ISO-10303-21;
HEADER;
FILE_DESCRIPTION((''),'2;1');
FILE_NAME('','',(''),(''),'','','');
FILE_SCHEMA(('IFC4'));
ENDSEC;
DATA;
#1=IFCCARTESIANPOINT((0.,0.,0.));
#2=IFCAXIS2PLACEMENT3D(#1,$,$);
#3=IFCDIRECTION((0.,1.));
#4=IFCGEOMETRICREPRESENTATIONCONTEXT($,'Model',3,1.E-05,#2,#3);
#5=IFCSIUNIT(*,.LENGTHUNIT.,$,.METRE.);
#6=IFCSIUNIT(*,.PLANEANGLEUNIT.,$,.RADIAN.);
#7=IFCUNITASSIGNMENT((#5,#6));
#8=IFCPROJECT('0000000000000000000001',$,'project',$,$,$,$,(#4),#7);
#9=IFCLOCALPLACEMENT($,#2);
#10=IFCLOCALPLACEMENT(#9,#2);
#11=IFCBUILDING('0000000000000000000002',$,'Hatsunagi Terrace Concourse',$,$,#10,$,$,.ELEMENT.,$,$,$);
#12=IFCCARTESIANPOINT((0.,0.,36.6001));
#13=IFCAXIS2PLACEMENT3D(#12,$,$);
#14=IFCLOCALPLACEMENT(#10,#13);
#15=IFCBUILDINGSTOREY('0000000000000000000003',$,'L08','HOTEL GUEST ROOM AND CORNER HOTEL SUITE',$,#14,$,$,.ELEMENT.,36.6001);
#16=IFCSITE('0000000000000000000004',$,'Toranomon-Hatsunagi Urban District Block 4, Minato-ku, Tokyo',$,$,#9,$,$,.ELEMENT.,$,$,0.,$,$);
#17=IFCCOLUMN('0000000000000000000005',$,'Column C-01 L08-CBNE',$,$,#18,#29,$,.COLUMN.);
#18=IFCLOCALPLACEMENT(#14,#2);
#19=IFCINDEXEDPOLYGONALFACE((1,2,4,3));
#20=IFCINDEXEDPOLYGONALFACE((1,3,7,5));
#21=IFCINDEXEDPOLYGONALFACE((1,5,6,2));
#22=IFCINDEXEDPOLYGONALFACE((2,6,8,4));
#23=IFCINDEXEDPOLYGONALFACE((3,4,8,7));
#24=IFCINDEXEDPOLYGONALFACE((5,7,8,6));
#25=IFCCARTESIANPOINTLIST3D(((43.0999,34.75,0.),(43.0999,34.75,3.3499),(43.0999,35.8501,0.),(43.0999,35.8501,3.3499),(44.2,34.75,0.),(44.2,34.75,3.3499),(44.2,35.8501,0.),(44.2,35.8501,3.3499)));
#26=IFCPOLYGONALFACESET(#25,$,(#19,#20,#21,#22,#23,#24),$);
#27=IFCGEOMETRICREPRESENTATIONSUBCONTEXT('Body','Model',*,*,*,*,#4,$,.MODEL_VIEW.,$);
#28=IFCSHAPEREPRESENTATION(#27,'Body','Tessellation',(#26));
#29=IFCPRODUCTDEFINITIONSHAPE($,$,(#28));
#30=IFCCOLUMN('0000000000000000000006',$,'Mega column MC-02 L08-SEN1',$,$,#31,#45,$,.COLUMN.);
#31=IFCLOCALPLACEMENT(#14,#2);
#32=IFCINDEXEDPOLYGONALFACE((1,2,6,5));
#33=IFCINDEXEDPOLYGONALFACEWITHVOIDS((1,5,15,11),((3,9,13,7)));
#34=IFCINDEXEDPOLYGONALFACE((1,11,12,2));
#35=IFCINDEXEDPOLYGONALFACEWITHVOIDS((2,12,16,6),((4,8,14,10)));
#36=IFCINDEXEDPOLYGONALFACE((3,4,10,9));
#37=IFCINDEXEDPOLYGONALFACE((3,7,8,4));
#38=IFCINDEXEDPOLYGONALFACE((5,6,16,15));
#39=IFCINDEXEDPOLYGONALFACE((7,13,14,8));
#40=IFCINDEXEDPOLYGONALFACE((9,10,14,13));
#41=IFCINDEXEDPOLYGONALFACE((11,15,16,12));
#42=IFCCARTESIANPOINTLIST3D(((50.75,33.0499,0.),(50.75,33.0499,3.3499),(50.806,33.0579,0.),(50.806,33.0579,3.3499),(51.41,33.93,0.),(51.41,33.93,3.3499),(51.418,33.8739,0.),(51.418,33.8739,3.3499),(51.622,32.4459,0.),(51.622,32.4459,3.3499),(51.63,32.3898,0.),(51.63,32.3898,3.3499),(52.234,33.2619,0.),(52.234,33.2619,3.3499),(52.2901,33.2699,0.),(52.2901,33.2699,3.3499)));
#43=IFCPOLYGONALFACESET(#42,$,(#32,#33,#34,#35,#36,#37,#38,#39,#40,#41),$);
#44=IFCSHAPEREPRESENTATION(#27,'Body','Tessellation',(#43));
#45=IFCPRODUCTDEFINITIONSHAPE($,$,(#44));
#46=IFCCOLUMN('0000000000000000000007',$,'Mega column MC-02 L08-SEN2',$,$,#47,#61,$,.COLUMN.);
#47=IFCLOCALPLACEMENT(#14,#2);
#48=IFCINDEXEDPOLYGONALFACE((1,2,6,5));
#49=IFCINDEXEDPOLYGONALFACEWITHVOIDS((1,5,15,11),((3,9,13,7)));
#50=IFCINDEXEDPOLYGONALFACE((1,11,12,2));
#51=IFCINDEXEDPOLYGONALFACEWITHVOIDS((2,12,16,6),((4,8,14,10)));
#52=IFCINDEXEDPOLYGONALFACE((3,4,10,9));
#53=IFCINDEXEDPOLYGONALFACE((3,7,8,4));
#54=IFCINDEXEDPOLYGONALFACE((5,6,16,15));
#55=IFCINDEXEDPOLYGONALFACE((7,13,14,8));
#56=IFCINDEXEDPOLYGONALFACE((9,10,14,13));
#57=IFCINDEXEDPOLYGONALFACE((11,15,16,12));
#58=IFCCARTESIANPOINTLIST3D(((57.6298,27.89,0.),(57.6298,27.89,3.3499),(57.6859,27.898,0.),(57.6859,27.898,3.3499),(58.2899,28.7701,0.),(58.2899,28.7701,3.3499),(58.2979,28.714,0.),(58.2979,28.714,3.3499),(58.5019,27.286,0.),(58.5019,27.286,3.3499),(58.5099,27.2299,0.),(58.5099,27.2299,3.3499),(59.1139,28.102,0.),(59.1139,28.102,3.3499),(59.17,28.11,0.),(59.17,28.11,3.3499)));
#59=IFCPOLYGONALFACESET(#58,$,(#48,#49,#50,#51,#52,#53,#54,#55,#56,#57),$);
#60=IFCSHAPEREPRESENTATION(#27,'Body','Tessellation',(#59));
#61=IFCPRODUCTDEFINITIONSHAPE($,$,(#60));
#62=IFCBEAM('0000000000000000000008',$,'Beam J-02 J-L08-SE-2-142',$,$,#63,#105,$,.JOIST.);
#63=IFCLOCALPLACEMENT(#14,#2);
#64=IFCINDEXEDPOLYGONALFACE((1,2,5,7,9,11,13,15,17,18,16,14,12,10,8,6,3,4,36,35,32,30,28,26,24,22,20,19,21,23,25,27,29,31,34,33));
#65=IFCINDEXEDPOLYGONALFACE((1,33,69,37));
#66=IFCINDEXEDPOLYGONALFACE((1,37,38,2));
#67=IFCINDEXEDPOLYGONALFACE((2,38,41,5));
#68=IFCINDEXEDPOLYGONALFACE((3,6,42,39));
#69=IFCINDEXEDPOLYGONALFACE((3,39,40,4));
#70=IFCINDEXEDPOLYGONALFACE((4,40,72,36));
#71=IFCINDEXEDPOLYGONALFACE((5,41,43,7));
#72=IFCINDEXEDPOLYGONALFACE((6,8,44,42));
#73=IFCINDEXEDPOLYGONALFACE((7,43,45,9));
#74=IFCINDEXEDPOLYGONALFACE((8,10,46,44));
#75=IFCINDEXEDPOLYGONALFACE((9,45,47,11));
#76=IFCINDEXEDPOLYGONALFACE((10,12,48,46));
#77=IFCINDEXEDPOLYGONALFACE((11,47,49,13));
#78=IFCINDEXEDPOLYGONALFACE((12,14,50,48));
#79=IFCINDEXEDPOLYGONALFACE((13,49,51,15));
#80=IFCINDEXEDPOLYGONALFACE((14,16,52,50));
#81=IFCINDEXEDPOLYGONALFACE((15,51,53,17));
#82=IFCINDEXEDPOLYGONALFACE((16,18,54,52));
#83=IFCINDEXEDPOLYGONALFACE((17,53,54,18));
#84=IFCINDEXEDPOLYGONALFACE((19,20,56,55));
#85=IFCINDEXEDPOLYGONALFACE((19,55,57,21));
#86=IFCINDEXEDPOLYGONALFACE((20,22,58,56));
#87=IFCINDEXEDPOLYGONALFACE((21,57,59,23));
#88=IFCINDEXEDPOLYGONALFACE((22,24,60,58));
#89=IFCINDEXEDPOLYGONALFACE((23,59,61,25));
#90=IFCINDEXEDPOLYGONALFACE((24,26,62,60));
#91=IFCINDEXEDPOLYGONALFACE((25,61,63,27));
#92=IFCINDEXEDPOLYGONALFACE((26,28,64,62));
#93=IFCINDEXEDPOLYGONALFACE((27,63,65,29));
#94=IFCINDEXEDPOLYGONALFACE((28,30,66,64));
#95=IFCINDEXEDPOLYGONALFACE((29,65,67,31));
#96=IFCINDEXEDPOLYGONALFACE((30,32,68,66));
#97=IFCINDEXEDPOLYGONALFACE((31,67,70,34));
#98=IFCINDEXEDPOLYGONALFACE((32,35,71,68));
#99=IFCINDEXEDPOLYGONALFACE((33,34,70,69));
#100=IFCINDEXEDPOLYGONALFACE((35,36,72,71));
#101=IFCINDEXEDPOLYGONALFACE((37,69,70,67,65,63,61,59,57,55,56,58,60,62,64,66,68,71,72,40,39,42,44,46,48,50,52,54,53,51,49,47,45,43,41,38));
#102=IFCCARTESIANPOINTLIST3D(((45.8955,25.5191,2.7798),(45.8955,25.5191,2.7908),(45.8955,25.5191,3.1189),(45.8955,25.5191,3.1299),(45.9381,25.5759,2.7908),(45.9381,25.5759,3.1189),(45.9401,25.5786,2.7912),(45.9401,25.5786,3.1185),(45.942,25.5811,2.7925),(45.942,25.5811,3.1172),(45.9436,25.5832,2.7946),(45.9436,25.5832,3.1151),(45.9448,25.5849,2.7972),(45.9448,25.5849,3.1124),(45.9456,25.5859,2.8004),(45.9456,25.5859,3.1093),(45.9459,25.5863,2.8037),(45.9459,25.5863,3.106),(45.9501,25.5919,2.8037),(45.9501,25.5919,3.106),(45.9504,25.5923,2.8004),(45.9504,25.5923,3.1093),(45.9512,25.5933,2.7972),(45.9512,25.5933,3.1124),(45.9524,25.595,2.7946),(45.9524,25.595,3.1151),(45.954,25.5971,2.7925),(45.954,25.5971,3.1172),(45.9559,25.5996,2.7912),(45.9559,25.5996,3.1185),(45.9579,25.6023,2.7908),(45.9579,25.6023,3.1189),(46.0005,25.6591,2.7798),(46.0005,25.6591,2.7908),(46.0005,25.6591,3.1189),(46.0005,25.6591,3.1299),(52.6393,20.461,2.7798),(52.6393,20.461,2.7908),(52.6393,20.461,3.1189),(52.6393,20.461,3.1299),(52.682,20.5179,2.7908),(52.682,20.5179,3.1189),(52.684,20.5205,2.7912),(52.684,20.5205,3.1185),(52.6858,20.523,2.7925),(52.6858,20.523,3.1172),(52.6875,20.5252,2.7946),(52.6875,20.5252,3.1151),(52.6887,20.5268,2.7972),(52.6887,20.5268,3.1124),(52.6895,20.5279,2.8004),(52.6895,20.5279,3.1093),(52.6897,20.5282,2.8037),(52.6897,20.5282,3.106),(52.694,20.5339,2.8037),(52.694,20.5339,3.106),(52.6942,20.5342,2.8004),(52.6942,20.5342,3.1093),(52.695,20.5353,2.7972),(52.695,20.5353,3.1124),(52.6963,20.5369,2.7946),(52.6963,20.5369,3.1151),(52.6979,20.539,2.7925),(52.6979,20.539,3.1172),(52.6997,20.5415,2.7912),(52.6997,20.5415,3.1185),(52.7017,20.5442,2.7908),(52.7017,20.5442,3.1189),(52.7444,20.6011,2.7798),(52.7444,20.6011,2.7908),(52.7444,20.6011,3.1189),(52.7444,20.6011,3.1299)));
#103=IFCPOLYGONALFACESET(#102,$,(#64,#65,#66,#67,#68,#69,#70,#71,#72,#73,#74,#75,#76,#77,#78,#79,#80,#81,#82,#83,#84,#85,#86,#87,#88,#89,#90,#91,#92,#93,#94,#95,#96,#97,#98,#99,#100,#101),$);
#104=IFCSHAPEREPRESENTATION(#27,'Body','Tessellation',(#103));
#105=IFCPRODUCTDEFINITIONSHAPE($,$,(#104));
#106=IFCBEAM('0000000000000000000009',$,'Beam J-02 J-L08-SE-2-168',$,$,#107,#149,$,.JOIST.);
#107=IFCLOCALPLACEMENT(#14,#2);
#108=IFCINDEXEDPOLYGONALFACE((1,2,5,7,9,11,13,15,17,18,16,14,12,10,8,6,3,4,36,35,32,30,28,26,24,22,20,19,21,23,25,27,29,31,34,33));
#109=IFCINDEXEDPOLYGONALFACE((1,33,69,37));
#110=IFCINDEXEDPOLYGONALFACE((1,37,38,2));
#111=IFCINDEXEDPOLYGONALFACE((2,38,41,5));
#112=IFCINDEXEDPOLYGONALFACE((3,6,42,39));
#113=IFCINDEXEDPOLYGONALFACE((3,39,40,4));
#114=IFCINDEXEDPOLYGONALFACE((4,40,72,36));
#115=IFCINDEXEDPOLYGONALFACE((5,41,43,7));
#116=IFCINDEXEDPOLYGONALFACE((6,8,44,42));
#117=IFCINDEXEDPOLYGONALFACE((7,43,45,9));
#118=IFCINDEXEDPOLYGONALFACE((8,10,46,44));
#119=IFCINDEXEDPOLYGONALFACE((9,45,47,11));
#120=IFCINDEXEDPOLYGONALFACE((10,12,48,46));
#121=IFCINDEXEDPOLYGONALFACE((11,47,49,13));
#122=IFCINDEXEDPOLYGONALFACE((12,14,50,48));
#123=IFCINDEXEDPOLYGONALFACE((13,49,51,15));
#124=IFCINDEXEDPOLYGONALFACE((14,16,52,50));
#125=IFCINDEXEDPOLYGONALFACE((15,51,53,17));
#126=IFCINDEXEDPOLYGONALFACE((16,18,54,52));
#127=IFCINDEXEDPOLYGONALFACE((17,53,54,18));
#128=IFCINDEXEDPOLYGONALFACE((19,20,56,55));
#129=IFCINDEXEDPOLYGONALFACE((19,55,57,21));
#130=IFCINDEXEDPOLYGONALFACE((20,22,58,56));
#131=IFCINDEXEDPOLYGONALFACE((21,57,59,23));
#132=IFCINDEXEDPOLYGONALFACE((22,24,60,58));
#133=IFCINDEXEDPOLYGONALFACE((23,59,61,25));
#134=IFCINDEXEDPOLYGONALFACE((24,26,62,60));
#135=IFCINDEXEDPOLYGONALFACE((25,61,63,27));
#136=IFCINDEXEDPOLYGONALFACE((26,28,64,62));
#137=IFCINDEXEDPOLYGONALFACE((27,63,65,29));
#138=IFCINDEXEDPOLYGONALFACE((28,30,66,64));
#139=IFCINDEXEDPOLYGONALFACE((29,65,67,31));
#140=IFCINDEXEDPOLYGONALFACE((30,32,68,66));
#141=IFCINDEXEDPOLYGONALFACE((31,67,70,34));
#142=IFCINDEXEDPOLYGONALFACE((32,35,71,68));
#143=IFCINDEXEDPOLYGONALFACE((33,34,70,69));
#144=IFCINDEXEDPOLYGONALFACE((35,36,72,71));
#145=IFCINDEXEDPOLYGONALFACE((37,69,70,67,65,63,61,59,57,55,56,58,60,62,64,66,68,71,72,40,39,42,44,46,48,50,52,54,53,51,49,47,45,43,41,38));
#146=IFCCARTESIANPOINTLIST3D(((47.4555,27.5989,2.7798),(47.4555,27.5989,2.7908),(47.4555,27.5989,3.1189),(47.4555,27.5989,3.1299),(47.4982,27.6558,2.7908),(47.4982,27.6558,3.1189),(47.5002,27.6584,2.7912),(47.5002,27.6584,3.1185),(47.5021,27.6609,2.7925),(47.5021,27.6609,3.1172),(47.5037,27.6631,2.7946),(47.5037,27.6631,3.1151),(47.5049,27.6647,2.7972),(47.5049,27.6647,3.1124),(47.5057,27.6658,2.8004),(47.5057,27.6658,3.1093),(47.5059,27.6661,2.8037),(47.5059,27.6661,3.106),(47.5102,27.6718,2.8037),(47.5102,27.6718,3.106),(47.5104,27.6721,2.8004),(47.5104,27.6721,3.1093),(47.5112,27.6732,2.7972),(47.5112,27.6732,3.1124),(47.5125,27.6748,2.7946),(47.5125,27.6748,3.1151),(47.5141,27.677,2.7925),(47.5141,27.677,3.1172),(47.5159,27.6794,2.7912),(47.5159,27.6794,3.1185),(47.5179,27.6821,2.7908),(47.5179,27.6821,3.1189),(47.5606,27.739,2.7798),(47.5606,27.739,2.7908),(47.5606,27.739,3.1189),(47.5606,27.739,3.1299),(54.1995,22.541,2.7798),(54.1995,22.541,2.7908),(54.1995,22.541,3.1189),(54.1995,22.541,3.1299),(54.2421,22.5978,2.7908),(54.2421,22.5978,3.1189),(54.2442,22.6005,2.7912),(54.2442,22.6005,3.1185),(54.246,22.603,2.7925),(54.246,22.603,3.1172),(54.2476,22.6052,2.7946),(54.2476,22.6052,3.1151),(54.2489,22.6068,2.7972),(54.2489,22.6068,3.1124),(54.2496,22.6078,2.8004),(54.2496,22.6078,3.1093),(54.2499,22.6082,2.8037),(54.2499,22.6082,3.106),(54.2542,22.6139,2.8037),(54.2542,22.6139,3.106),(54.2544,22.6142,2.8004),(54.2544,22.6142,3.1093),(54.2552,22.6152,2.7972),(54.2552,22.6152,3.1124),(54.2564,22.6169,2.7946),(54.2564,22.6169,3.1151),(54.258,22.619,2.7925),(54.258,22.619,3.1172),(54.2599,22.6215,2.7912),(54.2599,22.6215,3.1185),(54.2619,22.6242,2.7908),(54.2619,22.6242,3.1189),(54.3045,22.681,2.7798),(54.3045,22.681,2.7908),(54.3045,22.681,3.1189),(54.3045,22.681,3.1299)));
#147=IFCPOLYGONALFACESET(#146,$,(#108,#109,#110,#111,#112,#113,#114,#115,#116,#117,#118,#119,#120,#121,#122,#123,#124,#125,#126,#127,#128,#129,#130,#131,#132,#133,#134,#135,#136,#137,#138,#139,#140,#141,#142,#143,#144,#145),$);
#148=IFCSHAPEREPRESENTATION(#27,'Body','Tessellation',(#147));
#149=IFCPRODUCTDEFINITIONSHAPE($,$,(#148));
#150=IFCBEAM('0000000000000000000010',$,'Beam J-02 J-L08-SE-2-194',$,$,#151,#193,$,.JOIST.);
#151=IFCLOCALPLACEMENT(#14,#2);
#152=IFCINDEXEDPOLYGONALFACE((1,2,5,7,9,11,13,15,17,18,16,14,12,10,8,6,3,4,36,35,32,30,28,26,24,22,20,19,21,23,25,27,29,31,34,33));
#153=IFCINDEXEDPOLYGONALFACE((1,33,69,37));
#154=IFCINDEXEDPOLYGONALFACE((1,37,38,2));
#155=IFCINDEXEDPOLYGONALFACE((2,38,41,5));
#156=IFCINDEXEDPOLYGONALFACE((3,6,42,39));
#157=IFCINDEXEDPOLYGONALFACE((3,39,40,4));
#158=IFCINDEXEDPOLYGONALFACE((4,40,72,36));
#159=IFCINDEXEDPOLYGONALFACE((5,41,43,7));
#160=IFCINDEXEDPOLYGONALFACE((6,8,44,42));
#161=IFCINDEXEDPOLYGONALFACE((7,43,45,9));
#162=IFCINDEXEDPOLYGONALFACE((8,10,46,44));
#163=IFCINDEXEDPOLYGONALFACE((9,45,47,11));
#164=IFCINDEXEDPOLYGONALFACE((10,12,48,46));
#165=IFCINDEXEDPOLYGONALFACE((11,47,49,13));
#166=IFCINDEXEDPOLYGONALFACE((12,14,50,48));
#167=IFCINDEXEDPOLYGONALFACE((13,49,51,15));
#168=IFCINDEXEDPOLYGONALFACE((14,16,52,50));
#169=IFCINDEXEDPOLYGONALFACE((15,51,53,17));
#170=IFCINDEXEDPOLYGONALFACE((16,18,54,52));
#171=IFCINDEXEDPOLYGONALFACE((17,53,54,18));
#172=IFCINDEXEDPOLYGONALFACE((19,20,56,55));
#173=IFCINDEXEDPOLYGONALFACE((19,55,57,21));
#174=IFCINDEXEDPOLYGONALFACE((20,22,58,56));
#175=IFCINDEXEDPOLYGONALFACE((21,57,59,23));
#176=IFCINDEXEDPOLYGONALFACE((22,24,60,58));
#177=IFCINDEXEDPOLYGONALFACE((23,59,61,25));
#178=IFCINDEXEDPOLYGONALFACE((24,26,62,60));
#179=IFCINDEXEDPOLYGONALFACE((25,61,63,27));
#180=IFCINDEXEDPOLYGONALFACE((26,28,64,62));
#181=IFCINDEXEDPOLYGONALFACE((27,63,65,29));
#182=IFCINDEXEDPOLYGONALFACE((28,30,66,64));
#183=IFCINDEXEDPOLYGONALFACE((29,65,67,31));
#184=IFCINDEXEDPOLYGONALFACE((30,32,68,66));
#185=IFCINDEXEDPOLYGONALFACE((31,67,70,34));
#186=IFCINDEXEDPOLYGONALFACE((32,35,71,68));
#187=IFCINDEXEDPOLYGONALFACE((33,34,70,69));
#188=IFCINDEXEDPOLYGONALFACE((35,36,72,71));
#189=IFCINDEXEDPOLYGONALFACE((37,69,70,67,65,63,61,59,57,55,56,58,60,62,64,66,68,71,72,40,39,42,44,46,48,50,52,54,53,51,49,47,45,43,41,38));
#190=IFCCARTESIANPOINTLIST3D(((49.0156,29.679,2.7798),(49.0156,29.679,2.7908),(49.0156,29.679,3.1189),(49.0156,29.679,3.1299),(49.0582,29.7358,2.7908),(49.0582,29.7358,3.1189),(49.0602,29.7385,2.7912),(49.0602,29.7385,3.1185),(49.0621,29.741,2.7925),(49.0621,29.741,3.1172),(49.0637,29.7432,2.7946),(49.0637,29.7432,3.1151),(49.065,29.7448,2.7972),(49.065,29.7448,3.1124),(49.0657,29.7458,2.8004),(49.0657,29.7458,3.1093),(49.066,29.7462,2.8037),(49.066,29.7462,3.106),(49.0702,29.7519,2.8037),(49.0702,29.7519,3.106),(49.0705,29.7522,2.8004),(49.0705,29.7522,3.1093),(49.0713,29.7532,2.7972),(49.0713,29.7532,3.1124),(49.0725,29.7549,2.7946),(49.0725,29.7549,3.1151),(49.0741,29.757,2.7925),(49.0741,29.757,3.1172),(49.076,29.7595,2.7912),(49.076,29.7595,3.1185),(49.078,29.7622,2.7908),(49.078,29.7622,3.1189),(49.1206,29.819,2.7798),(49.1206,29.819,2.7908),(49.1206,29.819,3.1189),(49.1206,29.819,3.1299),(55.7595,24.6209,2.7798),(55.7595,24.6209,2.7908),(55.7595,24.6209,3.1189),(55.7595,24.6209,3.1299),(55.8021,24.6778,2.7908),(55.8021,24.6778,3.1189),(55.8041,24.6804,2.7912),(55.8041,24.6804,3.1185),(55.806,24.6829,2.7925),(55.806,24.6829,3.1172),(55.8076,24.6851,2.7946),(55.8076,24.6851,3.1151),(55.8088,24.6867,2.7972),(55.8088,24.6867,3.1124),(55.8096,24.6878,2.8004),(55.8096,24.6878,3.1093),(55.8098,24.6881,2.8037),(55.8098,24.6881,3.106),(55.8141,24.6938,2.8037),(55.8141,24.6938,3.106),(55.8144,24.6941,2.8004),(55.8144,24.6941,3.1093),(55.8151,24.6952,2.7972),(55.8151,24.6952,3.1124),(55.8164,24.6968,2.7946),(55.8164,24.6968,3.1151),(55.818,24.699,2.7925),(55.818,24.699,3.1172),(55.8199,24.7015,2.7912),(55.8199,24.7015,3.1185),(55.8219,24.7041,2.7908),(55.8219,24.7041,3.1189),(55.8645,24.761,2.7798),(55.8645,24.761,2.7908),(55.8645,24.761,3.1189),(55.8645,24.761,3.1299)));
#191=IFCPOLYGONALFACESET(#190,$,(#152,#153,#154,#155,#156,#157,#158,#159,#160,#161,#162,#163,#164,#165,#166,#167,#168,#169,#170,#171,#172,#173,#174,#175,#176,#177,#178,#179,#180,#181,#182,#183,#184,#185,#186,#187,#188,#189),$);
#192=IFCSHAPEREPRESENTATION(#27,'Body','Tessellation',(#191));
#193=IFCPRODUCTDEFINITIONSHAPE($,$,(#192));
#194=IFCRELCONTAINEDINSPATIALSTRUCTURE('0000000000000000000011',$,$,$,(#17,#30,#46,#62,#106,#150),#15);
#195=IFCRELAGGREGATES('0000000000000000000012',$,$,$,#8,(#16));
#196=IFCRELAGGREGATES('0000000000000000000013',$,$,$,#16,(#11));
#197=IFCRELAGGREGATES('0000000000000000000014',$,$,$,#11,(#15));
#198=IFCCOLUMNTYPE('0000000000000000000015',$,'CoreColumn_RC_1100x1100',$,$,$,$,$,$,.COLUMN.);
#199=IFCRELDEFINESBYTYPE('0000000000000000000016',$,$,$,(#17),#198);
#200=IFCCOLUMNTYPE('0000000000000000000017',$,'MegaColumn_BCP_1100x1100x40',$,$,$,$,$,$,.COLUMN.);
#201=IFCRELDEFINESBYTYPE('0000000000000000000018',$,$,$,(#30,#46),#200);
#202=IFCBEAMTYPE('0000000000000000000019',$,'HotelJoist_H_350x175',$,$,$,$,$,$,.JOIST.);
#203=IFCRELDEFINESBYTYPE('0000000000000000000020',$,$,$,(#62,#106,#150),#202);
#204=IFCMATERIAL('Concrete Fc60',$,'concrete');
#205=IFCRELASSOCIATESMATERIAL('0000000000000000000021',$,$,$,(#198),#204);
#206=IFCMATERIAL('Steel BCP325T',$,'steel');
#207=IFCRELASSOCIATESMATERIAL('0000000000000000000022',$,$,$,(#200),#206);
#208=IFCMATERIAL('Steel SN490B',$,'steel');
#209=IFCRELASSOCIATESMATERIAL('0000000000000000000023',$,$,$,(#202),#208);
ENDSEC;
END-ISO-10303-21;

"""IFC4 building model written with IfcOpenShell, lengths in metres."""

from ifc_helpers import new_model, si_unit, direction, frame, origin, origin_2d, place, context, subcontext, project, spatial, rectangle, hollow_rectangle, i_section, extrude, material, material_profile, profile_set, type_object, element, save


model = new_model("IFC4")

# Units and contexts
model_context = context("Model", 3, precision=1e-05, world=origin(), true_north=direction((0.0, 1.0)))
body_context = subcontext(model_context, "Body", "Model", "MODEL_VIEW")
ifc_project = project(units=[si_unit("LENGTHUNIT", "METRE"), si_unit("PLANEANGLEUNIT", "RADIAN")], contexts=[model_context])

# Site, building, storey
site_placement = place(None, origin())
site = spatial("IfcSite", under=ifc_project, at=site_placement, Name="Toranomon-Hatsunagi Urban District Block 4, Minato-ku, Tokyo", CompositionType="ELEMENT", RefElevation=0.0)
building_placement = place(site_placement, origin())
building = spatial("IfcBuilding", under=site, at=building_placement, Name="Hatsunagi Terrace Concourse", CompositionType="ELEMENT")
storey_placement = place(building_placement, frame((0.0, 0.0, 36.6001)))
storey = spatial("IfcBuildingStorey", under=building, at=storey_placement, Name="L08", Description="HOTEL GUEST ROOM AND CORNER HOTEL SUITE", CompositionType="ELEMENT", Elevation=36.6001)

# Columns
ifc_material_1 = material(Name="Concrete Fc60", Category="concrete")
ifc_material_profile_1 = material_profile(ifc_material_1, rectangle(XDim=1.1001, YDim=1.1001, at=origin_2d()), Name="RC-1100x1100")
ifc_profile_set_1 = profile_set([ifc_material_profile_1], Name="Concrete Fc60")
column_type_1 = type_object("IfcColumnType", Name="CoreColumn_RC_1100x1100", PredefinedType="COLUMN", material=ifc_profile_set_1)
column_placement = place(storey_placement, frame((43.6499, 35.3, 0.0), z_axis=(0.0, 0.0, 1.0), x_axis=(1.0, 0.0, 0.0)))
element("IfcColumn", 1, at=column_placement, inside=storey, type_object=column_type_1, Name="Column C-01 L08-CBNE", PredefinedType="COLUMN", context=body_context, shape_type="SweptSolid", body=[
    extrude(rectangle(XDim=1.1001, YDim=1.1001, at=origin_2d()), origin(), (0.0, 0.0, 1.0), 3.3499),
])
ifc_material_2 = material(Name="Steel BCP325T", Category="steel")
ifc_material_profile_2 = material_profile(ifc_material_2, hollow_rectangle(XDim=1.1001, YDim=1.1001, WallThickness=0.04, at=origin_2d()), Name="BCP-1100x1100x40")
ifc_profile_set_2 = profile_set([ifc_material_profile_2], Name="Steel BCP325T")
column_type_2 = type_object("IfcColumnType", Name="MegaColumn_BCP_1100x1100x40", PredefinedType="COLUMN", material=ifc_profile_set_2)
for number, where, z_axis, x_axis, name in (
    (2, (51.52, 33.1599, 0.0), (0.0, 0.0, 1.0), (0.8, -0.6, 0.0), "Mega column MC-02 L08-SEN1"),
    (3, (58.3999, 28.0, 0.0), (0.0, 0.0, 1.0), (0.8, -0.6, 0.0), "Mega column MC-02 L08-SEN2"),
):
    element("IfcColumn", number, at=place(storey_placement, frame(where, z_axis=z_axis, x_axis=x_axis)), inside=storey, type_object=column_type_2, Name=name, PredefinedType="COLUMN", context=body_context, shape_type="SweptSolid", body=[
        extrude(hollow_rectangle(XDim=1.1001, YDim=1.1001, WallThickness=0.04, at=origin_2d()), origin(), (0.0, 0.0, 1.0), 3.3499),
    ])

# Beams
ifc_material_3 = material(Name="Steel SN490B", Category="steel")
ifc_material_profile_3 = material_profile(ifc_material_3, i_section(OverallWidth=0.175, OverallDepth=0.3501, WebThickness=0.0071, FlangeThickness=0.011, FilletRadius=0.0129, at=origin_2d()), Name="H-350x175x7x11")
ifc_profile_set_3 = profile_set([ifc_material_profile_3], Name="Steel SN490B")
beam_type_1 = type_object("IfcBeamType", Name="HotelJoist_H_350x175", PredefinedType="JOIST", material=ifc_profile_set_3)
for number, where, z_axis, x_axis, name in (
    (4, (45.948, 25.5891, 2.9548), (0.79999, -0.600014, 0.0), (0.600014, 0.79999, 0.0), "Beam J-02 J-L08-SE-2-142"),
    (5, (47.5081, 27.6689, 2.9548), (0.800003, -0.599995, 0.0), (0.599995, 0.800003, 0.0), "Beam J-02 J-L08-SE-2-168"),
    (6, (49.0681, 29.749, 2.9548), (0.79999, -0.600014, 0.0), (0.600014, 0.79999, 0.0), "Beam J-02 J-L08-SE-2-194"),
):
    element("IfcBeam", number, at=place(storey_placement, frame(where, z_axis=z_axis, x_axis=x_axis)), inside=storey, type_object=beam_type_1, Name=name, PredefinedType="JOIST", context=body_context, shape_type="SweptSolid", body=[
        extrude(i_section(OverallWidth=0.175, OverallDepth=0.3501, WebThickness=0.0071, FlangeThickness=0.011, FilletRadius=0.0129, at=origin_2d()), origin(), (0.0, 0.0, 1.0), 8.4299),
    ])

save(model, "model.ifc")
